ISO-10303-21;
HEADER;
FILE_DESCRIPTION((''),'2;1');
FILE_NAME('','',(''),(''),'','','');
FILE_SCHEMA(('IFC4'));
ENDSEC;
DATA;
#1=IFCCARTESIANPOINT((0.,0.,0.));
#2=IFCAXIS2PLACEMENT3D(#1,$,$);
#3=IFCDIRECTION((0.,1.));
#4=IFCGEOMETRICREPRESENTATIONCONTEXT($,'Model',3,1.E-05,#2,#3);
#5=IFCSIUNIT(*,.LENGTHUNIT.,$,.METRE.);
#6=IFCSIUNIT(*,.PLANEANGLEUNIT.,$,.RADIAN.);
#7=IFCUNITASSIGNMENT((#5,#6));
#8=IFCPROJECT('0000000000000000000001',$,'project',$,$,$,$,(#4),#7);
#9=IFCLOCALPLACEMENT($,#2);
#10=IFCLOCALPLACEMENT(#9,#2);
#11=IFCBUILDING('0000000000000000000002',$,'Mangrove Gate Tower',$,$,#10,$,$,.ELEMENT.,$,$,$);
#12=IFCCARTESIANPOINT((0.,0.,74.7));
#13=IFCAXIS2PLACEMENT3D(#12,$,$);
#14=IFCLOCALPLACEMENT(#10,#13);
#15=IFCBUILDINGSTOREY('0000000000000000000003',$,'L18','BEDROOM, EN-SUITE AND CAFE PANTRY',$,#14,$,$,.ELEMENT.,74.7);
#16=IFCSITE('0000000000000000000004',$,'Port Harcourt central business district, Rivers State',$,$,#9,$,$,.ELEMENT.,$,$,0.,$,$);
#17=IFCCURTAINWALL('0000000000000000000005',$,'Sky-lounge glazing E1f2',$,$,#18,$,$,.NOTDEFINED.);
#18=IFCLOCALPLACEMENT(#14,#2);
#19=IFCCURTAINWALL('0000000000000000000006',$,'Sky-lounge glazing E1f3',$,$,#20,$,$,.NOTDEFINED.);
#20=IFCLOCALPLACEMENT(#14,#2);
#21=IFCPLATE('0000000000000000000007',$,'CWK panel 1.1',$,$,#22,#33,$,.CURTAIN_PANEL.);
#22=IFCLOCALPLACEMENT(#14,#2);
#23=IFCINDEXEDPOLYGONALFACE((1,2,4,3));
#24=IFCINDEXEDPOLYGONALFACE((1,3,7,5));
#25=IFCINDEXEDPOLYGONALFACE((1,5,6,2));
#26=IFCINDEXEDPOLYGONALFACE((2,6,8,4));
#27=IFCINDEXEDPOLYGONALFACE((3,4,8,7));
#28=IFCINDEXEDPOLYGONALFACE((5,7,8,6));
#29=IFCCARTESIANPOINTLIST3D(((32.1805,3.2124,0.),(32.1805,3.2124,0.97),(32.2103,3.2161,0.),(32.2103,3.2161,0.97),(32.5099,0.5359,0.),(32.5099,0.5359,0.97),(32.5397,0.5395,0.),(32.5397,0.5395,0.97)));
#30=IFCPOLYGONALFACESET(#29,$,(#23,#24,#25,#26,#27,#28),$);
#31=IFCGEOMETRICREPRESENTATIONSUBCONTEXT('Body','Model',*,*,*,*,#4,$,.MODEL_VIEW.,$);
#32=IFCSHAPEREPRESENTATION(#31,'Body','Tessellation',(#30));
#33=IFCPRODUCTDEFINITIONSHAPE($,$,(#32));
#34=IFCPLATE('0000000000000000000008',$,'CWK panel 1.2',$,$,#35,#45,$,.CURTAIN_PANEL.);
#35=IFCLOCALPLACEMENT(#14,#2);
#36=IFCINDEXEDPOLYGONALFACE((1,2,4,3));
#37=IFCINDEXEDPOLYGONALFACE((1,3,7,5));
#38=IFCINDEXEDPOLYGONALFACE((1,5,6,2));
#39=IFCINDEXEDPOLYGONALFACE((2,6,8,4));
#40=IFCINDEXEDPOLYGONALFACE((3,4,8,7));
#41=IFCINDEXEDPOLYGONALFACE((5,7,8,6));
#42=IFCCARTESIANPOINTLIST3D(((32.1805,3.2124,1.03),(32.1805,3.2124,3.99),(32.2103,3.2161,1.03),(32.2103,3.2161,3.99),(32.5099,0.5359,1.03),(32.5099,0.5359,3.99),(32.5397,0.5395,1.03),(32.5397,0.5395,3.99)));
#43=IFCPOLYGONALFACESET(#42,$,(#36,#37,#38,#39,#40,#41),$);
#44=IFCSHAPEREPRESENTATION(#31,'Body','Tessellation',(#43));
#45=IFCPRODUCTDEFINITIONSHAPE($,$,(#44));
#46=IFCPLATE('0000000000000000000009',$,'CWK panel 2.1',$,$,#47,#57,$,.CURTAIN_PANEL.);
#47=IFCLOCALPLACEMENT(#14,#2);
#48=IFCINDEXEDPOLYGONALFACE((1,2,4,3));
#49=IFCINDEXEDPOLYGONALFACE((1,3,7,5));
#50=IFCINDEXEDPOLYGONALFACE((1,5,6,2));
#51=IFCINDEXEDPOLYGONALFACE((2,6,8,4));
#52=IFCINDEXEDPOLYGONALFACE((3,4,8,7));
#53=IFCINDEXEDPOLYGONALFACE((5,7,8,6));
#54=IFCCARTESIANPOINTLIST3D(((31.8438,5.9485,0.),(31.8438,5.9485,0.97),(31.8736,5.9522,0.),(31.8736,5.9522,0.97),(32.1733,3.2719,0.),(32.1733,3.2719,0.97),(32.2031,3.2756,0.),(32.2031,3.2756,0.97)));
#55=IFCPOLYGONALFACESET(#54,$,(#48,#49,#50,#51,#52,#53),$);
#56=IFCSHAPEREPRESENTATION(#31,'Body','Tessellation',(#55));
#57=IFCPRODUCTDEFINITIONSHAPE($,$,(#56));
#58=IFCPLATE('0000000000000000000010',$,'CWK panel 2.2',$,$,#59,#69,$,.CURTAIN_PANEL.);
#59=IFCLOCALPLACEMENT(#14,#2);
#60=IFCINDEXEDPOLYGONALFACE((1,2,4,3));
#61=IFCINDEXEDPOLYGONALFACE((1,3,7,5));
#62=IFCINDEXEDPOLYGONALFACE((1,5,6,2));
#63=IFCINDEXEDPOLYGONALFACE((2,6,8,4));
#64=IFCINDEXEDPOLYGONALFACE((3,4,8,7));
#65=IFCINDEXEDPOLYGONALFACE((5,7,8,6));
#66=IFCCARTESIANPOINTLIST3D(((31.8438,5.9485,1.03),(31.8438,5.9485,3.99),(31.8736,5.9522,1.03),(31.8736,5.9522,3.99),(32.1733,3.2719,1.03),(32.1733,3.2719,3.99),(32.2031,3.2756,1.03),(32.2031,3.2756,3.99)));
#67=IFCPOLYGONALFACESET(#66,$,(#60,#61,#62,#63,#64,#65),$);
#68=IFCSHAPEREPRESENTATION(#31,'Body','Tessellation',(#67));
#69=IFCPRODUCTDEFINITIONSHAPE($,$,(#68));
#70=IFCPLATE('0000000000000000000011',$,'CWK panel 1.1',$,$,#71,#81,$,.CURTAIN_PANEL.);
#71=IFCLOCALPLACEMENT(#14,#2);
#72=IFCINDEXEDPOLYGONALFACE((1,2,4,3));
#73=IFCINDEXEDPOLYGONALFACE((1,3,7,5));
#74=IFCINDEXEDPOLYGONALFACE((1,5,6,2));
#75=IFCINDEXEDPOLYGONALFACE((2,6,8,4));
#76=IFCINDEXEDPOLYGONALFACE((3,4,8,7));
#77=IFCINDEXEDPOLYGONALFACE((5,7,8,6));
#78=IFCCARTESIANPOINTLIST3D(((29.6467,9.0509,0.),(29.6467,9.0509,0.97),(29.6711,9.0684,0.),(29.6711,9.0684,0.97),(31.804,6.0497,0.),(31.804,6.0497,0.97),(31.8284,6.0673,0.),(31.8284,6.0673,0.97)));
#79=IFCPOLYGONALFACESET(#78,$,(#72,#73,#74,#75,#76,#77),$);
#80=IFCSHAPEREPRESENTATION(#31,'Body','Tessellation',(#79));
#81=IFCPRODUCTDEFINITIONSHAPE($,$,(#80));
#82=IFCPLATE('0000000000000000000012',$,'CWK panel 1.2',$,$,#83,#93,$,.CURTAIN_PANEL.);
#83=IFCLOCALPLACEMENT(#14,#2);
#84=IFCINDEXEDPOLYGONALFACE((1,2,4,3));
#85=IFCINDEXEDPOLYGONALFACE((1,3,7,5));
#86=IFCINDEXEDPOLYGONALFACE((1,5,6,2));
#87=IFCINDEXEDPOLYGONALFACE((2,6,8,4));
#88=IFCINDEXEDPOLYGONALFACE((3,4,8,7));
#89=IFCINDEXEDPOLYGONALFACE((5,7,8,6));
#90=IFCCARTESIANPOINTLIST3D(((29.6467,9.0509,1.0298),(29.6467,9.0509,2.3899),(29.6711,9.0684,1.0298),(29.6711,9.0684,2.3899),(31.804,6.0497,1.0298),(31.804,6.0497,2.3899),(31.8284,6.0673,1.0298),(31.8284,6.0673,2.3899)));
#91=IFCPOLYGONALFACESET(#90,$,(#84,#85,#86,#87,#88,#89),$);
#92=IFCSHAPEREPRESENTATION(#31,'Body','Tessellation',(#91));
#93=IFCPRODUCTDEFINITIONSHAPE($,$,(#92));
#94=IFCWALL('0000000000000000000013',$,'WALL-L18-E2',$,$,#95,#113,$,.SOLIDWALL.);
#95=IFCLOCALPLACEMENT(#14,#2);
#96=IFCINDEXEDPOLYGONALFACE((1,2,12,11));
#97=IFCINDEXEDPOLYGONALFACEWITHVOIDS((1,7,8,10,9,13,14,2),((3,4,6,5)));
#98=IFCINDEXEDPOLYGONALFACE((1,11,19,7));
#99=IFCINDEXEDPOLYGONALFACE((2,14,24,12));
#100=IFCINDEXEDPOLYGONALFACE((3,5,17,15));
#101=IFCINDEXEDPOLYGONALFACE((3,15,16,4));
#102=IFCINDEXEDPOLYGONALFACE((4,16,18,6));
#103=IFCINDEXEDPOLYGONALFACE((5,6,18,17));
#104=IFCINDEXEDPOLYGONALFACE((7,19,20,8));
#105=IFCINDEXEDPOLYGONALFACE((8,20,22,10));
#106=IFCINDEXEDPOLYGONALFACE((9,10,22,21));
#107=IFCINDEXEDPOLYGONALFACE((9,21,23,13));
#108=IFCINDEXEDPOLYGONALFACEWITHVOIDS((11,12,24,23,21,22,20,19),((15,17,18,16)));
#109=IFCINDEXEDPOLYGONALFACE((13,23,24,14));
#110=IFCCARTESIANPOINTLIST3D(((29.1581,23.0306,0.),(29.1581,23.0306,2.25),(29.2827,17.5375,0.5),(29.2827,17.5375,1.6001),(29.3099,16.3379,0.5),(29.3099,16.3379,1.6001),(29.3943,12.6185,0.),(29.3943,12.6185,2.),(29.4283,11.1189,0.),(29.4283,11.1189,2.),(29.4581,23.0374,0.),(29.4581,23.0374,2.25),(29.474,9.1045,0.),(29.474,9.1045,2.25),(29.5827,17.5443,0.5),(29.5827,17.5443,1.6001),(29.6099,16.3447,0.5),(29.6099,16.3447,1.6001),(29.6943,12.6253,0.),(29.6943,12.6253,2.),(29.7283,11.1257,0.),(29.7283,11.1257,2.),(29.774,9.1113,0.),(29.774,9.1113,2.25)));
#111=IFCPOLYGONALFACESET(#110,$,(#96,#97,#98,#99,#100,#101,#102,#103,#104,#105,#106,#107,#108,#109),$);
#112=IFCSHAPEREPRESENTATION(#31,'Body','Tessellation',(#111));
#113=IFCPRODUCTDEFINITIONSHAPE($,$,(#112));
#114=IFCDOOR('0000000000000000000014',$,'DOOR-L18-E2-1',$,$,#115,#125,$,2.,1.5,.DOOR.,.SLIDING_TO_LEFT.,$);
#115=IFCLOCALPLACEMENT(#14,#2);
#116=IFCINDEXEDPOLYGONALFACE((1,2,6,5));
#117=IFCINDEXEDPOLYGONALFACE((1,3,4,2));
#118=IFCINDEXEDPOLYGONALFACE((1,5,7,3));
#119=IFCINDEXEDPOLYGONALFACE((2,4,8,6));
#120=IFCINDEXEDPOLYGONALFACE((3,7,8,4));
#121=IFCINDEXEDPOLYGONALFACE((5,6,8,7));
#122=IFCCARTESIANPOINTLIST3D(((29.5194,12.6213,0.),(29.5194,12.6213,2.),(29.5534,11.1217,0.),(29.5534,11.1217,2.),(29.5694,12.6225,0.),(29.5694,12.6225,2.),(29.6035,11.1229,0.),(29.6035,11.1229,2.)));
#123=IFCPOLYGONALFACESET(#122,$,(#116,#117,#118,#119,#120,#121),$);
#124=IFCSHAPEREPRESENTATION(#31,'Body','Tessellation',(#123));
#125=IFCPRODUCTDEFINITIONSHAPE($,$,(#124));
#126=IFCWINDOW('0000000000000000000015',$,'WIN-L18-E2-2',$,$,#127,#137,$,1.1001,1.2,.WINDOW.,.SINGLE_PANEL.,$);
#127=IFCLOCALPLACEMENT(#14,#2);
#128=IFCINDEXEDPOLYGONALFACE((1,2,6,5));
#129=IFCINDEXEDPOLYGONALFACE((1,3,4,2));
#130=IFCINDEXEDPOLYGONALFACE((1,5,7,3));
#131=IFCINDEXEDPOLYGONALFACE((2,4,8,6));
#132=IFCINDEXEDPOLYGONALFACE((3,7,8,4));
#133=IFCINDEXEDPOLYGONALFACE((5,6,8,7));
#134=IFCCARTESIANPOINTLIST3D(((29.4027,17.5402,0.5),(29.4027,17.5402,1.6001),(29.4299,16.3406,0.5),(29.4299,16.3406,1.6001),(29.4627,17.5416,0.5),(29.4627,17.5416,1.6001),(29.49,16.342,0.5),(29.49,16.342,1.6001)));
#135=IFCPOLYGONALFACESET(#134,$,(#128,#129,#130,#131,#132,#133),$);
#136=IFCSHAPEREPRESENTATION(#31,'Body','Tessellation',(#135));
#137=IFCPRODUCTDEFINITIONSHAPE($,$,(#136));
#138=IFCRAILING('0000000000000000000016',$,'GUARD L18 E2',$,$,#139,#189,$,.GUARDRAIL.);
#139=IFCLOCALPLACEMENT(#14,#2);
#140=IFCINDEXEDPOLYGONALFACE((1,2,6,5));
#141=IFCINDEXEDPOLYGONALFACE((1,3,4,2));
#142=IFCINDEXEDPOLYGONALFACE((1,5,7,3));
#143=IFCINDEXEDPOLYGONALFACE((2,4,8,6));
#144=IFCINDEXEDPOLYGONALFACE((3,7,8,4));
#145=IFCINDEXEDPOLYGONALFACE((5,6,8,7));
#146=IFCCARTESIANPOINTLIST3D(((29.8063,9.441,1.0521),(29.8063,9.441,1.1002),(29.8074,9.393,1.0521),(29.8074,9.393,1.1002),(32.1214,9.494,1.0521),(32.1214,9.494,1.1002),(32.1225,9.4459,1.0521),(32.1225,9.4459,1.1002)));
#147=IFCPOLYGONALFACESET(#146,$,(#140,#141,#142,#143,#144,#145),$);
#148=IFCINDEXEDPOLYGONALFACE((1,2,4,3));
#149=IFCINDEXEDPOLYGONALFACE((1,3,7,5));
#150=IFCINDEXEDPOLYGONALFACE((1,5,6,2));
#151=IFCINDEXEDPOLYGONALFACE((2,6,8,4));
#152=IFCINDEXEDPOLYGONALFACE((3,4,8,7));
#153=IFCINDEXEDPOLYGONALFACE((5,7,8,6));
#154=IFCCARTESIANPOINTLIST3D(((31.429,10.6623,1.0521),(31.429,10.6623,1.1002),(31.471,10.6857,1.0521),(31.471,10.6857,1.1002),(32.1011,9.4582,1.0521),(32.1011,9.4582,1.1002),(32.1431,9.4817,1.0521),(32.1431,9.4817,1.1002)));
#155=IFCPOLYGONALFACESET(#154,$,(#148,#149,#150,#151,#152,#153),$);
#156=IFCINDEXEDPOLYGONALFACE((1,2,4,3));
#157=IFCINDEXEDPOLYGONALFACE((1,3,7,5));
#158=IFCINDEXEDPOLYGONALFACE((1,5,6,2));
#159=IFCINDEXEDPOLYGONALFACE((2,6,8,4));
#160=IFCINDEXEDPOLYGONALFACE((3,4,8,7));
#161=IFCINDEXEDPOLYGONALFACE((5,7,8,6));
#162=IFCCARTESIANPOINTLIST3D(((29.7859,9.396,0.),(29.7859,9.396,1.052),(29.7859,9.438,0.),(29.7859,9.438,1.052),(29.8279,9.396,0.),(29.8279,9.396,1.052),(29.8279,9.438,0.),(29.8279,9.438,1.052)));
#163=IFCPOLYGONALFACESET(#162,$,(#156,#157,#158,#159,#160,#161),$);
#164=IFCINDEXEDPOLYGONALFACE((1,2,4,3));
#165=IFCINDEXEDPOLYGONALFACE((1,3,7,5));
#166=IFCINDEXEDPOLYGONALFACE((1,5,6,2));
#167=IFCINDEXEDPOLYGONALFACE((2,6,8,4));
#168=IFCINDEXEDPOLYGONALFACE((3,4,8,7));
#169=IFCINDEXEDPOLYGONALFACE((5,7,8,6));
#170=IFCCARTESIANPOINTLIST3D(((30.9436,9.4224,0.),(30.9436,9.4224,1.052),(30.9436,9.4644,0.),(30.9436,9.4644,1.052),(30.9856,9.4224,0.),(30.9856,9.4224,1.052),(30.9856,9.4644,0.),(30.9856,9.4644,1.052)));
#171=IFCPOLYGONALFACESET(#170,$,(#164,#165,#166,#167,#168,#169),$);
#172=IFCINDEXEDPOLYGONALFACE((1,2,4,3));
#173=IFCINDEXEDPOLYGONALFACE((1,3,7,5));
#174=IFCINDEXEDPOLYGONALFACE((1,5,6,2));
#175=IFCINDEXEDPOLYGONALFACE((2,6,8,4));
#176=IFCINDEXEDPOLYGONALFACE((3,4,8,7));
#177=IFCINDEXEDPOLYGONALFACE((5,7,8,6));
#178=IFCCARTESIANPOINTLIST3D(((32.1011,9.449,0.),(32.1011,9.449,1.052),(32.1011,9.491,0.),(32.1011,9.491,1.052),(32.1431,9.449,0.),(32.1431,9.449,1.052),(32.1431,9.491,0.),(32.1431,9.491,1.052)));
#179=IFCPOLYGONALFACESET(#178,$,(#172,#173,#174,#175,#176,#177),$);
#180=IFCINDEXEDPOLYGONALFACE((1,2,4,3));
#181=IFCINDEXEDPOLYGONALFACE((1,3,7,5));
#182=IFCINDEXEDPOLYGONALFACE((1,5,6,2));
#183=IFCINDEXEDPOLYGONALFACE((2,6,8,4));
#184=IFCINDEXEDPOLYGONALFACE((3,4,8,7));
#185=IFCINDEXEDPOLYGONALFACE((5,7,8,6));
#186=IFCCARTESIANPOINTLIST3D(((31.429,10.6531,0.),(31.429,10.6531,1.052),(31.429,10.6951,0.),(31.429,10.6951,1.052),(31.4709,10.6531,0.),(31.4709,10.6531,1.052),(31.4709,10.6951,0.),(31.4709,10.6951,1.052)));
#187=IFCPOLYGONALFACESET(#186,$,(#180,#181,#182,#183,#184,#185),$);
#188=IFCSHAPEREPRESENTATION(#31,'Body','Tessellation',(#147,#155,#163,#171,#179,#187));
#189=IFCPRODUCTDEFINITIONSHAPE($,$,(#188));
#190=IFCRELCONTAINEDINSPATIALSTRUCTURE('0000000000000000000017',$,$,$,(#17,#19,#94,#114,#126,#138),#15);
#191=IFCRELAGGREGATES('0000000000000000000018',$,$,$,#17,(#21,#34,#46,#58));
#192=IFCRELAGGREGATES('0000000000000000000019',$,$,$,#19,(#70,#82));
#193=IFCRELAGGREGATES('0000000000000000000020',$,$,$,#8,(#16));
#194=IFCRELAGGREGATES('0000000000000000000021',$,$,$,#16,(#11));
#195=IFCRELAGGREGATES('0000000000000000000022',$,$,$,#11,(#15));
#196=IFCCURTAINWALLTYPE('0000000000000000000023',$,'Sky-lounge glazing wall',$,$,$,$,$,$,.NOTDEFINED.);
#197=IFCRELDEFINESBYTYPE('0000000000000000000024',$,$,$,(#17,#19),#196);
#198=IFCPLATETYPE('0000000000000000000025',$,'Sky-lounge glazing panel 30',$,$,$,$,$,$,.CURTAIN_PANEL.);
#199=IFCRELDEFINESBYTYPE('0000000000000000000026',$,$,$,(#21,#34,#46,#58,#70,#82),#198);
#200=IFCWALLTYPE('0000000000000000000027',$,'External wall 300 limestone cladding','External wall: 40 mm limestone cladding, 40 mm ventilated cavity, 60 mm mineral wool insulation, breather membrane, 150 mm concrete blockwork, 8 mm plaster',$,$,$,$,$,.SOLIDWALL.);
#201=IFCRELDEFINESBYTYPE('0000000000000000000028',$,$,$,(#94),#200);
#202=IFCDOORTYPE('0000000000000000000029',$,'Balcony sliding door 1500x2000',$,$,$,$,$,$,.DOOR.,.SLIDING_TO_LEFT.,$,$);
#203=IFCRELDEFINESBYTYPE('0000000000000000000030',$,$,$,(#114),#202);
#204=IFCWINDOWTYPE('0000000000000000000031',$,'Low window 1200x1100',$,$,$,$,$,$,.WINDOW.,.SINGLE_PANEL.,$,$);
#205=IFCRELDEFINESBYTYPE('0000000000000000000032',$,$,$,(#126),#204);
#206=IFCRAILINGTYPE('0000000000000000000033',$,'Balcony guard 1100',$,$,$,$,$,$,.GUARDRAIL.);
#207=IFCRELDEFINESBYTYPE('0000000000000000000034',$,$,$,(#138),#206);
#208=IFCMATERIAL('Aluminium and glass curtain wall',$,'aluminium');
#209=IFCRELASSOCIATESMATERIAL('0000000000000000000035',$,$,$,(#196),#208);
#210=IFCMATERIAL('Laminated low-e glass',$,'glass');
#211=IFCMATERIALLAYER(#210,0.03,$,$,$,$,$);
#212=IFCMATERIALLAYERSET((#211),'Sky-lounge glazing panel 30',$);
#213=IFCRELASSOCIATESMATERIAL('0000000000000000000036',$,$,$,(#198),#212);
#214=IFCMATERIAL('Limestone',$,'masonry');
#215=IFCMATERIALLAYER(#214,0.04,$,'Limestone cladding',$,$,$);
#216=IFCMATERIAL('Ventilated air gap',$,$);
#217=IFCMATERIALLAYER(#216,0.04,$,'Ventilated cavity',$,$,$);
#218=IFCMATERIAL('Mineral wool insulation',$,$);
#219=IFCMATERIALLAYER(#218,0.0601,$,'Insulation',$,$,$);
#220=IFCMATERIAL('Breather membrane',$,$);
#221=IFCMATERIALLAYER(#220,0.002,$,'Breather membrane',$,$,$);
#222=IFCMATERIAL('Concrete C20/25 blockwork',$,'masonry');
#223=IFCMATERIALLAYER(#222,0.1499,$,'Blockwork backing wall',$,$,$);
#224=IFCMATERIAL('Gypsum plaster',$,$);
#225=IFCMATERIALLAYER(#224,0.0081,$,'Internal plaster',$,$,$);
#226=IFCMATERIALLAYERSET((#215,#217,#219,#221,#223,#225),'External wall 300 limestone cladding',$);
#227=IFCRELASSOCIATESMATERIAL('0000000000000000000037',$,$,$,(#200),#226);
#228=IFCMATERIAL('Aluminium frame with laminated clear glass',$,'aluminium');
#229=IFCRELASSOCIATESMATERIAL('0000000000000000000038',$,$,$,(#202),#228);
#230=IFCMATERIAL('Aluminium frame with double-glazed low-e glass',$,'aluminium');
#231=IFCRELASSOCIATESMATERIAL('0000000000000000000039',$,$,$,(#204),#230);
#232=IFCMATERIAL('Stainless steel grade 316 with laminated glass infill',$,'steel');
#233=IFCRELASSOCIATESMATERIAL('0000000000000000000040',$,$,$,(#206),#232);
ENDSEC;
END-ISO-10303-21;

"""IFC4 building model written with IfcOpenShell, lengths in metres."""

from ifc_helpers import new_model, si_unit, direction, frame, frame_2d, origin, origin_2d, place, context, subcontext, project, spatial, rectangle, extrude, material, layer, layer_set, type_object, element, fill, aggregate, save


model = new_model("IFC4")

# Units and contexts
model_context = context("Model", 3, precision=1e-05, world=origin(), true_north=direction((0.0, 1.0)))
body_context = subcontext(model_context, "Body", "Model", "MODEL_VIEW")
ifc_project = project(units=[si_unit("LENGTHUNIT", "METRE"), si_unit("PLANEANGLEUNIT", "RADIAN")], contexts=[model_context])

# Site, building, storey
site_placement = place(None, origin())
site = spatial("IfcSite", under=ifc_project, at=site_placement, Name="Port Harcourt central business district, Rivers State", CompositionType="ELEMENT", RefElevation=0.0)
building_placement = place(site_placement, origin())
building = spatial("IfcBuilding", under=site, at=building_placement, Name="Mangrove Gate Tower", CompositionType="ELEMENT")
storey_placement = place(building_placement, frame((0.0, 0.0, 74.7)))
storey = spatial("IfcBuildingStorey", under=building, at=storey_placement, Name="L18", Description="BEDROOM, EN-SUITE AND CAFE PANTRY", CompositionType="ELEMENT", Elevation=74.7)

# Shared definitions
ifc_material_1 = material(Name="Aluminium and glass curtain wall", Category="aluminium")
curtain_wall_type = type_object("IfcCurtainWallType", Name="Sky-lounge glazing wall", PredefinedType="NOTDEFINED", material=ifc_material_1)

# Curtain walls
curtain_wall_1_placement = place(storey_placement, origin())
curtain_wall_1 = element("IfcCurtainWall", 1, at=curtain_wall_1_placement, inside=storey, type_object=curtain_wall_type, Name="Sky-lounge glazing E1f2", PredefinedType="NOTDEFINED")
curtain_wall_2_placement = place(storey_placement, origin())
curtain_wall_2 = element("IfcCurtainWall", 2, at=curtain_wall_2_placement, inside=storey, type_object=curtain_wall_type, Name="Sky-lounge glazing E1f3", PredefinedType="NOTDEFINED")

# Plates
ifc_material_2 = material(Name="Laminated low-e glass", Category="glass")
ifc_layer_1 = layer(ifc_material_2, 0.03)
ifc_layer_set_1 = layer_set([ifc_layer_1], Name="Sky-lounge glazing panel 30")
plate_type = type_object("IfcPlateType", Name="Sky-lounge glazing panel 30", PredefinedType="CURTAIN_PANEL", material=ifc_layer_set_1)
plate_1_placement = place(storey_placement, frame((32.3601, 1.876, 0.0), z_axis=(0.0, 0.0, 1.0), x_axis=(-0.122172, 0.992509, 0.0)))
plate_1 = element("IfcPlate", 3, at=plate_1_placement, type_object=plate_type, Name="CWK panel 1.1", PredefinedType="CURTAIN_PANEL", context=body_context, shape_type="SweptSolid", body=[
    extrude(rectangle(XDim=2.6968, YDim=0.03, at=origin_2d()), origin(), (0.0, 0.0, 1.0), 0.97),
])
plate_2_placement = place(storey_placement, frame((32.3601, 1.876, 1.03), z_axis=(0.0, 0.0, 1.0), x_axis=(-0.122172, 0.992509, 0.0)))
plate_2 = element("IfcPlate", 4, at=plate_2_placement, type_object=plate_type, Name="CWK panel 1.2", PredefinedType="CURTAIN_PANEL", context=body_context, shape_type="SweptSolid", body=[
    extrude(rectangle(XDim=2.6968, YDim=0.03, at=origin_2d()), origin(), (0.0, 0.0, 1.0), 2.96),
])
plate_3_placement = place(storey_placement, frame((32.0234, 4.6121, 0.0), z_axis=(0.0, 0.0, 1.0), x_axis=(-0.122172, 0.992509, 0.0)))
plate_3 = element("IfcPlate", 5, at=plate_3_placement, type_object=plate_type, Name="CWK panel 2.1", PredefinedType="CURTAIN_PANEL", context=body_context, shape_type="SweptSolid", body=[
    extrude(rectangle(XDim=2.6968, YDim=0.03, at=origin_2d()), origin(), (0.0, 0.0, 1.0), 0.97),
])
plate_4_placement = place(storey_placement, frame((32.0234, 4.6121, 1.03), z_axis=(0.0, 0.0, 1.0), x_axis=(-0.122172, 0.992509, 0.0)))
plate_4 = element("IfcPlate", 6, at=plate_4_placement, type_object=plate_type, Name="CWK panel 2.2", PredefinedType="CURTAIN_PANEL", context=body_context, shape_type="SweptSolid", body=[
    extrude(rectangle(XDim=2.6968, YDim=0.03, at=origin_2d()), origin(), (0.0, 0.0, 1.0), 2.96),
])
aggregate(curtain_wall_1, [plate_1, plate_2, plate_3, plate_4])
plate_5_placement = place(storey_placement, frame((30.7375, 7.5591, 0.0), z_axis=(0.0, 0.0, 1.0), x_axis=(-0.58367, 0.811991, 0.0)))
plate_5 = element("IfcPlate", 7, at=plate_5_placement, type_object=plate_type, Name="CWK panel 1.1", PredefinedType="CURTAIN_PANEL", context=body_context, shape_type="SweptSolid", body=[
    extrude(rectangle(XDim=3.696, YDim=0.03, at=origin_2d()), origin(), (0.0, 0.0, 1.0), 0.97),
])
plate_6_placement = place(storey_placement, frame((30.7375, 7.5591, 1.0298), z_axis=(0.0, 0.0, 1.0), x_axis=(-0.58367, 0.811991, 0.0)))
plate_6 = element("IfcPlate", 8, at=plate_6_placement, type_object=plate_type, Name="CWK panel 1.2", PredefinedType="CURTAIN_PANEL", context=body_context, shape_type="SweptSolid", body=[
    extrude(rectangle(XDim=3.696, YDim=0.03, at=origin_2d()), origin(), (0.0, 0.0, 1.0), 1.3601),
])
aggregate(curtain_wall_2, [plate_5, plate_6])

# Wall, openings, door, window
ifc_material_3 = material(Name="Limestone", Category="masonry")
ifc_layer_2 = layer(ifc_material_3, 0.04, Name="Limestone cladding")
ifc_material_4 = material(Name="Ventilated air gap")
ifc_layer_3 = layer(ifc_material_4, 0.04, Name="Ventilated cavity")
ifc_material_5 = material(Name="Mineral wool insulation")
ifc_layer_4 = layer(ifc_material_5, 0.0601, Name="Insulation")
ifc_material_6 = material(Name="Breather membrane")
ifc_layer_5 = layer(ifc_material_6, 0.002, Name="Breather membrane")
ifc_material_7 = material(Name="Concrete C20/25 blockwork", Category="masonry")
ifc_layer_6 = layer(ifc_material_7, 0.1499, Name="Blockwork backing wall")
ifc_material_8 = material(Name="Gypsum plaster")
ifc_layer_7 = layer(ifc_material_8, 0.0081, Name="Internal plaster")
ifc_layer_set_2 = layer_set([ifc_layer_2, ifc_layer_3, ifc_layer_4, ifc_layer_5, ifc_layer_6, ifc_layer_7], Name="External wall 300 limestone cladding")
wall_type = type_object("IfcWallType", Name="External wall 300 limestone cladding", Description="External wall: 40 mm limestone cladding, 40 mm ventilated cavity, 60 mm mineral wool insulation, breather membrane, 150 mm concrete blockwork, 8 mm plaster", PredefinedType="SOLIDWALL", material=ifc_layer_set_2)
wall_placement = place(storey_placement, frame((29.624, 9.1079, 0.0), z_axis=(0.0, 0.0, 1.0), x_axis=(-0.02268, 0.999743, 0.0)))
wall = element("IfcWall", 9, at=wall_placement, inside=storey, type_object=wall_type, Name="WALL-L18-E2", PredefinedType="SOLIDWALL", context=body_context, shape_type="SweptSolid", body=[
    extrude(rectangle(XDim=13.9297, YDim=0.3, at=frame_2d((6.9648, 0.0))), origin(), (0.0, 0.0, 1.0), 2.25),
])
opening_1_placement = place(wall_placement, frame((2.0149, 0.0, 0.0)))
opening_1 = element("IfcOpeningElement", 10, at=opening_1_placement, cuts=wall, PredefinedType="OPENING", context=body_context, shape_type="SweptSolid", body=[
    extrude(rectangle(XDim=1.5, YDim=2.0, at=frame_2d((0.75, 1.0))), frame((0.0, 0.1599, 0.0), z_axis=(0.0, -1.0, 0.0), x_axis=(1.0, 0.0, 0.0)), (0.0, 0.0, 1.0), 0.3201),
])
opening_2_placement = place(wall_placement, frame((7.2351, 0.0, 0.5)))
opening_2 = element("IfcOpeningElement", 11, at=opening_2_placement, cuts=wall, PredefinedType="OPENING", context=body_context, shape_type="SweptSolid", body=[
    extrude(rectangle(XDim=1.2, YDim=1.1001, at=frame_2d((0.6001, 0.55))), frame((0.0, 0.1599, 0.0), z_axis=(0.0, -1.0, 0.0), x_axis=(1.0, 0.0, 0.0)), (0.0, 0.0, 1.0), 0.3201),
])
ifc_material_9 = material(Name="Aluminium frame with laminated clear glass", Category="aluminium")
door_type = type_object("IfcDoorType", Name="Balcony sliding door 1500x2000", OperationType="SLIDING_TO_LEFT", PredefinedType="DOOR", material=ifc_material_9)
door_placement = place(opening_1_placement, origin())
door = element("IfcDoor", 12, at=door_placement, inside=storey, type_object=door_type, Name="DOOR-L18-E2-1", OperationType="SLIDING_TO_LEFT", OverallHeight=2.0, OverallWidth=1.5, PredefinedType="DOOR", context=body_context, shape_type="SweptSolid", body=[
    extrude(rectangle(XDim=1.5, YDim=2.0, at=frame_2d((0.75, 1.0))), frame((0.0, 0.0249, 0.0), z_axis=(0.0, -1.0, 0.0), x_axis=(1.0, 0.0, 0.0)), (0.0, 0.0, 1.0), 0.05),
])
fill(opening_1, door)
ifc_material_10 = material(Name="Aluminium frame with double-glazed low-e glass", Category="aluminium")
window_type = type_object("IfcWindowType", Name="Low window 1200x1100", PartitioningType="SINGLE_PANEL", PredefinedType="WINDOW", material=ifc_material_10)
window_placement = place(opening_2_placement, origin())
window = element("IfcWindow", 13, at=window_placement, inside=storey, type_object=window_type, Name="WIN-L18-E2-2", OverallHeight=1.1001, OverallWidth=1.2, PartitioningType="SINGLE_PANEL", PredefinedType="WINDOW", context=body_context, shape_type="SweptSolid", body=[
    extrude(rectangle(XDim=1.2, YDim=1.1001, at=frame_2d((0.6001, 0.55))), frame((0.0, 0.03, 0.0), z_axis=(0.0, -1.0, 0.0), x_axis=(1.0, 0.0, 0.0)), (0.0, 0.0, 1.0), 0.0601),
])
fill(opening_2, window)

# Railing
ifc_material_11 = material(Name="Stainless steel grade 316 with laminated glass infill", Category="steel")
railing_type = type_object("IfcRailingType", Name="Balcony guard 1100", PredefinedType="GUARDRAIL", material=ifc_material_11)
railing_1_placement = place(storey_placement, frame((29.8069, 9.417, 0.0)))
element("IfcRailing", 14, at=railing_1_placement, inside=storey, type_object=railing_type, Name="GUARD L18 E2", PredefinedType="GUARDRAIL", context=body_context, shape_type="SweptSolid", body=[
    extrude(rectangle(XDim=0.0481, YDim=0.0481, at=origin_2d()), frame((0.0, 0.0, 1.0762), z_axis=(0.999738, 0.022877, 0.0), x_axis=(-0.022877, 0.999738, 0.0)), (0.0, 0.0, 1.0), 2.3157),
    extrude(rectangle(XDim=0.0481, YDim=0.0481, at=origin_2d()), frame((2.3152, 0.053, 1.0762), z_axis=(-0.487401, 0.873178, 0.0), x_axis=(-0.873178, -0.487401, 0.0)), (0.0, 0.0, 1.0), 1.3789),
    extrude(rectangle(XDim=0.042, YDim=0.042, at=origin_2d()), origin(), (0.0, 0.0, 1.0), 1.052),
    extrude(rectangle(XDim=0.042, YDim=0.042, at=origin_2d()), frame((1.1577, 0.0264, 0.0)), (0.0, 0.0, 1.0), 1.052),
    extrude(rectangle(XDim=0.042, YDim=0.042, at=origin_2d()), frame((2.3152, 0.053, 0.0)), (0.0, 0.0, 1.0), 1.052),
    extrude(rectangle(XDim=0.042, YDim=0.042, at=origin_2d()), frame((1.6431, 1.2571, 0.0)), (0.0, 0.0, 1.0), 1.052),
])

save(model, "model.ifc")
